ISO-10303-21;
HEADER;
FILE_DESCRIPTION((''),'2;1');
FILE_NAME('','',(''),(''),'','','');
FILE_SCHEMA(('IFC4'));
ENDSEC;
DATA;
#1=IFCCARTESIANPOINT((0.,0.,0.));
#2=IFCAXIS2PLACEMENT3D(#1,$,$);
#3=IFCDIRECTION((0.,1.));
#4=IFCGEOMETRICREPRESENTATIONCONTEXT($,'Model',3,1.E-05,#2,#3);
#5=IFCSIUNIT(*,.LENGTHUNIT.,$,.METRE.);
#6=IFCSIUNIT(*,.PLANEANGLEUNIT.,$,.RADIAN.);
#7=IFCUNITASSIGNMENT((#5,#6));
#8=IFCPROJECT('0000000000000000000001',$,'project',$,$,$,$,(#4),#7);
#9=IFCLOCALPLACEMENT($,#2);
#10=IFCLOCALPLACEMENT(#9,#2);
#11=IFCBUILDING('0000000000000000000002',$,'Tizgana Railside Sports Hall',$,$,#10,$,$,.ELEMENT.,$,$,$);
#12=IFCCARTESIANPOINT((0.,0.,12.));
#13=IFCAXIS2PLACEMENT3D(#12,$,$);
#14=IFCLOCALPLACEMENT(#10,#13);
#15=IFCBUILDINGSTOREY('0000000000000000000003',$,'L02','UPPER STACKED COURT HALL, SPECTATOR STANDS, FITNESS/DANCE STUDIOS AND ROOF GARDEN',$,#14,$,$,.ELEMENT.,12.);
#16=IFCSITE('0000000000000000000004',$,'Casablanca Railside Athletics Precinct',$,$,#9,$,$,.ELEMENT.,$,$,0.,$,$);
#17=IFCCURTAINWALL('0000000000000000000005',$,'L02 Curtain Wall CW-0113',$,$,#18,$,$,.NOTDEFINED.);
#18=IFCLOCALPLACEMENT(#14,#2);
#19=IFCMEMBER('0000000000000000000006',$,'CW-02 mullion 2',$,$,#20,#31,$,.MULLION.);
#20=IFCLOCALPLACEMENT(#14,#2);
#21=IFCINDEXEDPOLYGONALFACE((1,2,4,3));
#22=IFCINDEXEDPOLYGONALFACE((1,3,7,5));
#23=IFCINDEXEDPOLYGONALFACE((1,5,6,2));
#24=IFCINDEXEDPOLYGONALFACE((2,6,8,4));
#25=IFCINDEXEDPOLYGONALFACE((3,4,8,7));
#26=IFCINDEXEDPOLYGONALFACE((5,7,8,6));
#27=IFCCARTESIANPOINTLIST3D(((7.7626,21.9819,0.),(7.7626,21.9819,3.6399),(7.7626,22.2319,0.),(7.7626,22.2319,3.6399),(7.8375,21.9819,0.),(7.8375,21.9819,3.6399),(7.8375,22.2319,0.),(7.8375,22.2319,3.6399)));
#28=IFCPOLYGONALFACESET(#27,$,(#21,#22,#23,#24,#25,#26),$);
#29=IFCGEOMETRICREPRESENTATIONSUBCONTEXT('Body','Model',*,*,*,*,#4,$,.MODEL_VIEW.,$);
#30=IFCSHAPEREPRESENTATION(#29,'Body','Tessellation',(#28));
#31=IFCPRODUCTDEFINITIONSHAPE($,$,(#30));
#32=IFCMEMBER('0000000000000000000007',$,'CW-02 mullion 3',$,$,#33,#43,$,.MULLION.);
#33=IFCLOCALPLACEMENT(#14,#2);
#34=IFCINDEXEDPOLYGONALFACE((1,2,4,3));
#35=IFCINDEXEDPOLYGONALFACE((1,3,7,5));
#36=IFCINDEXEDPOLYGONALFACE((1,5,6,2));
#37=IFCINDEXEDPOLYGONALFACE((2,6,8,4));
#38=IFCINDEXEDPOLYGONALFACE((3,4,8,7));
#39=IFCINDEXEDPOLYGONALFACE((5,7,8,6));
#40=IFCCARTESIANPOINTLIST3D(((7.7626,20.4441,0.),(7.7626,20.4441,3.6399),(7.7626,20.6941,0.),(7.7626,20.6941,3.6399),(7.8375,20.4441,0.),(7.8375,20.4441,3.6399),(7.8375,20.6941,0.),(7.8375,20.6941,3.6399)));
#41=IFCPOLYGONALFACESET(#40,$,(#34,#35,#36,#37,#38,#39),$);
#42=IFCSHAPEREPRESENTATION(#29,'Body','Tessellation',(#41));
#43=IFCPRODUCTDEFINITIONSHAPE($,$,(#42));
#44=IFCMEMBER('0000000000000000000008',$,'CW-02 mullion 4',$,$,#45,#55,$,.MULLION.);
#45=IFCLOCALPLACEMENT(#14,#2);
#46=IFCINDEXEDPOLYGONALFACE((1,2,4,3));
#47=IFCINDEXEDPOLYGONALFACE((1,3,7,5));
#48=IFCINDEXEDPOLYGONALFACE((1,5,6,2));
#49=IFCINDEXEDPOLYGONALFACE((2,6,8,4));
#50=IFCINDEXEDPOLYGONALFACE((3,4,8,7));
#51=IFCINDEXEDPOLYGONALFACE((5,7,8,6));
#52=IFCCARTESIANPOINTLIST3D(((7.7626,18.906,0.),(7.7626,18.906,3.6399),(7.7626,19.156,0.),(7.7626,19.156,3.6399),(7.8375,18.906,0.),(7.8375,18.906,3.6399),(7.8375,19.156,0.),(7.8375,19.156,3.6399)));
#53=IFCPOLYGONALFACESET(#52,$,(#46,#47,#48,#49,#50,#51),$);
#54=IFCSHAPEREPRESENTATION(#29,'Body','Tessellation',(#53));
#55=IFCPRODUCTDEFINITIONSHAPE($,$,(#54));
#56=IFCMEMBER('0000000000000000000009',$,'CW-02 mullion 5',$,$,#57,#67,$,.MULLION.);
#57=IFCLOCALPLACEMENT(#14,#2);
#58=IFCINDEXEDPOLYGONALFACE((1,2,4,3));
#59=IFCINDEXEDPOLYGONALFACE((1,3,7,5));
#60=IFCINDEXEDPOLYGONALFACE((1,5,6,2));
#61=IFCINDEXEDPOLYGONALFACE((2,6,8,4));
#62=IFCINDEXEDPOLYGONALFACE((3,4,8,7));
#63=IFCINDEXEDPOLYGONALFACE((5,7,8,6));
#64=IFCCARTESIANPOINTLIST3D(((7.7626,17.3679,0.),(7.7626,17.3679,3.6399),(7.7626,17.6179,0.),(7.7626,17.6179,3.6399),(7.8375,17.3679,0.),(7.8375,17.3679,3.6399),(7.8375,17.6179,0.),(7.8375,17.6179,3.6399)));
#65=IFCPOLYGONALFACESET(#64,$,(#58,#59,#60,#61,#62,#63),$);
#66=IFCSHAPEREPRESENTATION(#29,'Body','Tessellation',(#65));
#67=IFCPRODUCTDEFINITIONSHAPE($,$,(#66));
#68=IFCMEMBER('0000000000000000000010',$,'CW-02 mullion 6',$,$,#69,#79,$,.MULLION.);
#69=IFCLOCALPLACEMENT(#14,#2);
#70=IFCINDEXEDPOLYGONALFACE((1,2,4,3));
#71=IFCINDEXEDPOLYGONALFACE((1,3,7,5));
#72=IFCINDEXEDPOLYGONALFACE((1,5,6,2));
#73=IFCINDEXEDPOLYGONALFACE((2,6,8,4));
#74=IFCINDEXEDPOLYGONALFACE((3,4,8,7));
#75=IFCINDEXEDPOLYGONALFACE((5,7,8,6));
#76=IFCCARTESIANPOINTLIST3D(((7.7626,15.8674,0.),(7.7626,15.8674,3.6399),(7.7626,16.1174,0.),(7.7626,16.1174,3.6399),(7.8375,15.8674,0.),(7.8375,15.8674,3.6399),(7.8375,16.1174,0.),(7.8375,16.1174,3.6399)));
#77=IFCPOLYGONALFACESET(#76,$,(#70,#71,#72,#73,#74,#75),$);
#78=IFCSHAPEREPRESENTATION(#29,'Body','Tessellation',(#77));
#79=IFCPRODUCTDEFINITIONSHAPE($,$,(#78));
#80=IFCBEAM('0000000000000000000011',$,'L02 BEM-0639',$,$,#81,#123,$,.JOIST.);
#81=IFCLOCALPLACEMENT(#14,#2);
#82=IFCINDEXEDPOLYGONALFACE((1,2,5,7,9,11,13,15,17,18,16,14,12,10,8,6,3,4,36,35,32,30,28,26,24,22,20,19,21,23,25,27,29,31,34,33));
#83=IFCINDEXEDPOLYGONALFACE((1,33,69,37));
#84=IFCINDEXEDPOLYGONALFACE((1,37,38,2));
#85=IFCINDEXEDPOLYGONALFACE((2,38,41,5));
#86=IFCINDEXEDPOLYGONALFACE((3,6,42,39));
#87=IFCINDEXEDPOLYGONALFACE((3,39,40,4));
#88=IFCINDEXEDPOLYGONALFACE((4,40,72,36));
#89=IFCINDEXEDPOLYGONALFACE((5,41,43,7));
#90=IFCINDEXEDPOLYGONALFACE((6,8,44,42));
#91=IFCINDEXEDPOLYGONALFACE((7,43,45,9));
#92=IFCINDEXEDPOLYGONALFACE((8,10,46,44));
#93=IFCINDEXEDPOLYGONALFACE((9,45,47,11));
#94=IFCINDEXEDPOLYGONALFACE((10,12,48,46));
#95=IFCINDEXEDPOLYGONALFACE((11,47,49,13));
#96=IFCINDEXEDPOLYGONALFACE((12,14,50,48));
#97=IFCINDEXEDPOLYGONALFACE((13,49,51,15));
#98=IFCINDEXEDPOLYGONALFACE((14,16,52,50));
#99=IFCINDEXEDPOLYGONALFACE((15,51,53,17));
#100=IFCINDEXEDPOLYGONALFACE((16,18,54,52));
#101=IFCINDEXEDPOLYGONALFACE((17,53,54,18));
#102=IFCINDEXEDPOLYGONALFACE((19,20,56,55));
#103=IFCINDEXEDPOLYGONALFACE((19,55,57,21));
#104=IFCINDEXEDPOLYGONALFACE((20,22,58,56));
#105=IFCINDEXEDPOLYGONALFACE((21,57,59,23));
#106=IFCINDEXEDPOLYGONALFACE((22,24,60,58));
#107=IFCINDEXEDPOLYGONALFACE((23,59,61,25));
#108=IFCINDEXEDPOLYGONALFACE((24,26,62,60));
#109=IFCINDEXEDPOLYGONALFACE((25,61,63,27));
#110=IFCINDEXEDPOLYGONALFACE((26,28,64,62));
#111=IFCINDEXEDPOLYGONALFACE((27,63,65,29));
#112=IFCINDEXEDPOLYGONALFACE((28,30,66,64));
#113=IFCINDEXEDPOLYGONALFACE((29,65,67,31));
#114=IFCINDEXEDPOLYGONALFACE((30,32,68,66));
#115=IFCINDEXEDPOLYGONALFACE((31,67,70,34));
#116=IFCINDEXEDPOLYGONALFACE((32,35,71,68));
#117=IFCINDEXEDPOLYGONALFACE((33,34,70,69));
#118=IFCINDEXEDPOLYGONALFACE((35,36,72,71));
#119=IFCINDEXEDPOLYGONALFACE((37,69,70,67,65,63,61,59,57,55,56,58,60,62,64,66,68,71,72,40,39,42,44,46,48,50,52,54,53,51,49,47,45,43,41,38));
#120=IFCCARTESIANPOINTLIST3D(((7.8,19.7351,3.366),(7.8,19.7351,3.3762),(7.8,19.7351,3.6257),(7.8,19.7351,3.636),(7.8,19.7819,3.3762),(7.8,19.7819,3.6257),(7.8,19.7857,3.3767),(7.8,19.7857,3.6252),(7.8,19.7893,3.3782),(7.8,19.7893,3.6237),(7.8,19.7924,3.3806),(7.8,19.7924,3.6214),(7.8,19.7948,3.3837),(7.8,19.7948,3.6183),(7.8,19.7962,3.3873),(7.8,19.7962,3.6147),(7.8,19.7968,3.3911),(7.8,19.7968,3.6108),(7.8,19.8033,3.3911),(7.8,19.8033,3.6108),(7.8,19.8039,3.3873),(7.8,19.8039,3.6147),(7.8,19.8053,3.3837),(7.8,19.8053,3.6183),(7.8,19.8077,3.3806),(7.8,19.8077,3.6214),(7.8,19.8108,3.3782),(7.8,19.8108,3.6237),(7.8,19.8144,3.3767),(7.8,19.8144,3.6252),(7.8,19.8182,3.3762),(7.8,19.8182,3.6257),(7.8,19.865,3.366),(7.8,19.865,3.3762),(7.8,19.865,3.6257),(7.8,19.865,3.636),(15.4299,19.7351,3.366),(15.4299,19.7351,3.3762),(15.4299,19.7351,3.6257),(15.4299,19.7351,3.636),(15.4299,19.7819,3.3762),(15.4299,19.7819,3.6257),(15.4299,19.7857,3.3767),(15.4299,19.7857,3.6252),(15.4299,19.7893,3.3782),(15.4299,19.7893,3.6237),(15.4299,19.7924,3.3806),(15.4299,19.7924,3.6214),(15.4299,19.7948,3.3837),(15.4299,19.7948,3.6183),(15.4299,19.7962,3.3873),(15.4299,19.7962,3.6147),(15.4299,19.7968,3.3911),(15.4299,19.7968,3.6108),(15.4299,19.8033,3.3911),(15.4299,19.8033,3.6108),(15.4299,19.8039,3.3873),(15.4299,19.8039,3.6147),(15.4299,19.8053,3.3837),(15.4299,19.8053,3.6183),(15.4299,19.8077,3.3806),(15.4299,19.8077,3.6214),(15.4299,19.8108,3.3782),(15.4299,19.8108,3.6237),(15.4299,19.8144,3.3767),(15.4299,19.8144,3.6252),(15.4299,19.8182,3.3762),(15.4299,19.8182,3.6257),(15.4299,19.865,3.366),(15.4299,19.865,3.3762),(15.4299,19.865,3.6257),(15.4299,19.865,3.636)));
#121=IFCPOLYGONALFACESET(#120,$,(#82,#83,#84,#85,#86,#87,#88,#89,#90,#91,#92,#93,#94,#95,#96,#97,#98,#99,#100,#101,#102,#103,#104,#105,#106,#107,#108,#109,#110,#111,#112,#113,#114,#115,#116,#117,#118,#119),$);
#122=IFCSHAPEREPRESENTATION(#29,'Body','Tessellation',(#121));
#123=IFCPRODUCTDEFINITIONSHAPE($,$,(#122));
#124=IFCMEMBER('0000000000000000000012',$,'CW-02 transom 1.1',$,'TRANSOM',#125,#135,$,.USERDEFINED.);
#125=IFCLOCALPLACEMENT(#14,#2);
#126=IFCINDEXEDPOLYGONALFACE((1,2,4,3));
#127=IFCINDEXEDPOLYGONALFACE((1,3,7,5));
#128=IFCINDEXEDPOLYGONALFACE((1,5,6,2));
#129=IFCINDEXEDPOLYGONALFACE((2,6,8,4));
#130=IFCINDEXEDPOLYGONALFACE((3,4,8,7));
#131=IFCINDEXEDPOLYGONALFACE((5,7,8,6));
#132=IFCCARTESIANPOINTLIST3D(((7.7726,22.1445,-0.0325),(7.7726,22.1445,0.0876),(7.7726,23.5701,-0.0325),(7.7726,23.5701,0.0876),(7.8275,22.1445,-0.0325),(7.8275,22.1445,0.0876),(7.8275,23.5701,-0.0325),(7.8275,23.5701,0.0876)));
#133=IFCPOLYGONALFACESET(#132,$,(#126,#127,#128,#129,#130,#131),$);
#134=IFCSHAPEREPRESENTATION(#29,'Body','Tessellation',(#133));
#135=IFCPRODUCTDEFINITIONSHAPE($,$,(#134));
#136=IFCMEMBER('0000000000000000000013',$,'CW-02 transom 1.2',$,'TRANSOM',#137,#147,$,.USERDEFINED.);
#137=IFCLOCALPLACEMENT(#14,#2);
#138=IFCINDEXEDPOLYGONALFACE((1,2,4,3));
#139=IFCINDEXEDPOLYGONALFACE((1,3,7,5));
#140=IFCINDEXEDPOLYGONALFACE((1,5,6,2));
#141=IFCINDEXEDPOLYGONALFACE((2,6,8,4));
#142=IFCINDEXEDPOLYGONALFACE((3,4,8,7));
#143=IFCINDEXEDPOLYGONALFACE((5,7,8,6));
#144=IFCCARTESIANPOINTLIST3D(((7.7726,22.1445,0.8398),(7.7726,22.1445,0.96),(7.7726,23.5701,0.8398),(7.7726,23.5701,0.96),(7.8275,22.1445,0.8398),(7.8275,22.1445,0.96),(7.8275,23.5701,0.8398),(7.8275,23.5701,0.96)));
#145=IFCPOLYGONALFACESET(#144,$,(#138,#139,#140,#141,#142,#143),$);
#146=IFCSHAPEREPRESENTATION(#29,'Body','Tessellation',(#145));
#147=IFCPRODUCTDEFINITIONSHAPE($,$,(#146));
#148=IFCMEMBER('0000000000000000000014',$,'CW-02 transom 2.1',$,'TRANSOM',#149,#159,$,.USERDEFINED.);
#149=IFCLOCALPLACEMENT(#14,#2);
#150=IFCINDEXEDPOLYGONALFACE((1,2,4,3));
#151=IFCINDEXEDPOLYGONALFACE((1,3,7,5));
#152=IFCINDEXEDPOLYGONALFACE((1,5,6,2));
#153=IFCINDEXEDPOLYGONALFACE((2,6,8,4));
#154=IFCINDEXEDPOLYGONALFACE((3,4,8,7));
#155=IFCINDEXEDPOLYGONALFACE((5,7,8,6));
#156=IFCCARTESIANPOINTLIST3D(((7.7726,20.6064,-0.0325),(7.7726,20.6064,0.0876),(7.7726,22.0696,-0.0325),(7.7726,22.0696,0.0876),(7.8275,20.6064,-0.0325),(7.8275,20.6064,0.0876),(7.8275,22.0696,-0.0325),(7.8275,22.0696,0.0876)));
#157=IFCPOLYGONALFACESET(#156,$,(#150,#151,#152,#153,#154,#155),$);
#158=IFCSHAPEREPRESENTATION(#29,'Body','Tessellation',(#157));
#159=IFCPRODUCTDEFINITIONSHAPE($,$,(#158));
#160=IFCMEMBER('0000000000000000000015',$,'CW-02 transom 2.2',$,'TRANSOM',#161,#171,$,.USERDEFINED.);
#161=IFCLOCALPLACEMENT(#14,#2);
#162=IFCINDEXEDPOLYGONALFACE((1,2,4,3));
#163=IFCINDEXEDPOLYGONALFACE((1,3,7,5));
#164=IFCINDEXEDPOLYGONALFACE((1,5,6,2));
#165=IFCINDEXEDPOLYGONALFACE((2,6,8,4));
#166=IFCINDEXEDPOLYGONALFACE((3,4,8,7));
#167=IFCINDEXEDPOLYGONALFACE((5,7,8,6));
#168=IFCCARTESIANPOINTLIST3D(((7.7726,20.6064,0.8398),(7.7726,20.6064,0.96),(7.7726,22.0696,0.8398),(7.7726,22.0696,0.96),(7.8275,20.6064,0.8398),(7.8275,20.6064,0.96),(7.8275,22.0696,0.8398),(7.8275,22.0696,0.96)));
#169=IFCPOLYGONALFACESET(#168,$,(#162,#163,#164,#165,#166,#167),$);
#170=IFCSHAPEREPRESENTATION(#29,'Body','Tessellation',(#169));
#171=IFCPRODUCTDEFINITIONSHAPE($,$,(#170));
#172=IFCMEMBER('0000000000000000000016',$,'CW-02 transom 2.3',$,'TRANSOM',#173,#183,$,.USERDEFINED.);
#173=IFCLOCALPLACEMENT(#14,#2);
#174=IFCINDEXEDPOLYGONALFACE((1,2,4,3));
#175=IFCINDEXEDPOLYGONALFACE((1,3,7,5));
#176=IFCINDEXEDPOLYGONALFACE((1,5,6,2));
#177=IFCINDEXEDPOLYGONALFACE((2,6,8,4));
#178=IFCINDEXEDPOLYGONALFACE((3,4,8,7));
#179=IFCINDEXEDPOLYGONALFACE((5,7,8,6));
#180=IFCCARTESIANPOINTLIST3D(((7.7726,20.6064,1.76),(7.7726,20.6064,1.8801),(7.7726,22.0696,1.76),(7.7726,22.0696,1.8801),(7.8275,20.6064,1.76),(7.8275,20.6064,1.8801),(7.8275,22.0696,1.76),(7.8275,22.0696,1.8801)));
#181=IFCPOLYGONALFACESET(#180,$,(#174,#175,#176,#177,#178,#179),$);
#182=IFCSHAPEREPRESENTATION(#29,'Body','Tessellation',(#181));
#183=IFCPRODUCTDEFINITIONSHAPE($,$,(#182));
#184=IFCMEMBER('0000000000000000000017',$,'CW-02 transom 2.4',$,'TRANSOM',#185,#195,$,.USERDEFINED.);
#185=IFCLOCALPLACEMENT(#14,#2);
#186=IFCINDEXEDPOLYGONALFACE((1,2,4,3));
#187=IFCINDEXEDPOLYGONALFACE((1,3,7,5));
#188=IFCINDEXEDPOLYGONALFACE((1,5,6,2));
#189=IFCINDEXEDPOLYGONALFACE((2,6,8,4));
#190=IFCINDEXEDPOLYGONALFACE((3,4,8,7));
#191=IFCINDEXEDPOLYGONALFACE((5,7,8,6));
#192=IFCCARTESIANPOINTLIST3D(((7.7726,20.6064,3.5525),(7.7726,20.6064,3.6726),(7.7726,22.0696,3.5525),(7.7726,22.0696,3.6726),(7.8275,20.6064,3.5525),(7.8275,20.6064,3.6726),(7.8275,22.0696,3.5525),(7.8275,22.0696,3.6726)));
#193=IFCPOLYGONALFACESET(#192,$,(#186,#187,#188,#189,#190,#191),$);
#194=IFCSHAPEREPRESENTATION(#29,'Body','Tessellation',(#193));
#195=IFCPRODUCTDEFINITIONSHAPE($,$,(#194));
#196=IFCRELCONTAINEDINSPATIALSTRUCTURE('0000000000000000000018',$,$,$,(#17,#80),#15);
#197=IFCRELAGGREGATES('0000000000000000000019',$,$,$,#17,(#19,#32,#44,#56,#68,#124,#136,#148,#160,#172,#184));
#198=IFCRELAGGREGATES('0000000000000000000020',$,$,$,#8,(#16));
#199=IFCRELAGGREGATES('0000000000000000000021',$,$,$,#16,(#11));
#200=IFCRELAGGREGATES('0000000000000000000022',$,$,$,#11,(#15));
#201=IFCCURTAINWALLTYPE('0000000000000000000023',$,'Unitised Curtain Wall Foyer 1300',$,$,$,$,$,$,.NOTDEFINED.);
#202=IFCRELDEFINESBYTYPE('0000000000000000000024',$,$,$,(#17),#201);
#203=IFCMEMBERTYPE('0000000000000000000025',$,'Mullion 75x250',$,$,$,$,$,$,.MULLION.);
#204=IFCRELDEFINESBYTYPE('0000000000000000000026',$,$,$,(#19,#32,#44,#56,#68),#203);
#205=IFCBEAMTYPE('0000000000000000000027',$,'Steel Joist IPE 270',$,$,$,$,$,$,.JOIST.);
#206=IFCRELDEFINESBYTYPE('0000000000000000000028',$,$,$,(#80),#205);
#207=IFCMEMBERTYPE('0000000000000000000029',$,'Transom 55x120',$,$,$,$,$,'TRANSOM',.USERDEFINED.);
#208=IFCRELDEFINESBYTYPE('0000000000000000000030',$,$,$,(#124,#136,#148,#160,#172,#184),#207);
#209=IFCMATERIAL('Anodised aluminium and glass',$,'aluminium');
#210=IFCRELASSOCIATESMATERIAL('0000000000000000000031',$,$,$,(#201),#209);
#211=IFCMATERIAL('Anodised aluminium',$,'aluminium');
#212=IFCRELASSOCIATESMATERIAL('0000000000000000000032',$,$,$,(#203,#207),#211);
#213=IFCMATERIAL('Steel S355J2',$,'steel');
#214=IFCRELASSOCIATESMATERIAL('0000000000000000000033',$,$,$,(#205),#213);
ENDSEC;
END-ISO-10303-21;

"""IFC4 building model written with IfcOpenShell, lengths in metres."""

from ifc_helpers import new_model, si_unit, direction, frame, origin, origin_2d, place, context, subcontext, project, spatial, rectangle, i_section, extrude, material, material_profile, profile_set, type_object, element, aggregate, save


model = new_model("IFC4")

# Units and contexts
model_context = context("Model", 3, precision=1e-05, world=origin(), true_north=direction((0.0, 1.0)))
body_context = subcontext(model_context, "Body", "Model", "MODEL_VIEW")
ifc_project = project(units=[si_unit("LENGTHUNIT", "METRE"), si_unit("PLANEANGLEUNIT", "RADIAN")], contexts=[model_context])

# Site, building, storey
site_placement = place(None, origin())
site = spatial("IfcSite", under=ifc_project, at=site_placement, Name="Casablanca Railside Athletics Precinct", CompositionType="ELEMENT", RefElevation=0.0)
building_placement = place(site_placement, origin())
building = spatial("IfcBuilding", under=site, at=building_placement, Name="Tizgana Railside Sports Hall", CompositionType="ELEMENT")
storey_placement = place(building_placement, frame((0.0, 0.0, 12.0)))
storey = spatial("IfcBuildingStorey", under=building, at=storey_placement, Name="L02", Description="UPPER STACKED COURT HALL, SPECTATOR STANDS, FITNESS/DANCE STUDIOS AND ROOF GARDEN", CompositionType="ELEMENT", Elevation=12.0)

# Curtain wall, members
ifc_material_1 = material(Name="Anodised aluminium and glass", Category="aluminium")
curtain_wall_type = type_object("IfcCurtainWallType", Name="Unitised Curtain Wall Foyer 1300", PredefinedType="NOTDEFINED", material=ifc_material_1)
curtain_wall_placement = place(storey_placement, origin())
curtain_wall = element("IfcCurtainWall", 1, at=curtain_wall_placement, inside=storey, type_object=curtain_wall_type, Name="L02 Curtain Wall CW-0113", PredefinedType="NOTDEFINED")
ifc_material_2 = material(Name="Anodised aluminium", Category="aluminium")
ifc_material_profile_1 = material_profile(ifc_material_2, rectangle(XDim=0.075, YDim=0.25, at=origin_2d()), Name="Mullion 75x250")
ifc_profile_set_1 = profile_set([ifc_material_profile_1], Name="Anodised aluminium")
member_type_1 = type_object("IfcMemberType", Name="Mullion 75x250", PredefinedType="MULLION", material=ifc_profile_set_1)
member_1_placement = place(storey_placement, frame((7.8, 22.1069, 0.0), z_axis=(0.0, 0.0, 1.0), x_axis=(1.0, 0.0, 0.0)))
member_1 = element("IfcMember", 2, at=member_1_placement, type_object=member_type_1, Name="CW-02 mullion 2", PredefinedType="MULLION", context=body_context, shape_type="SweptSolid", body=[
    extrude(rectangle(XDim=0.075, YDim=0.25, at=origin_2d()), origin(), (0.0, 0.0, 1.0), 3.6399),
])
member_2_placement = place(storey_placement, frame((7.8, 20.5691, 0.0), z_axis=(0.0, 0.0, 1.0), x_axis=(1.0, 0.0, 0.0)))
member_2 = element("IfcMember", 3, at=member_2_placement, type_object=member_type_1, Name="CW-02 mullion 3", PredefinedType="MULLION", context=body_context, shape_type="SweptSolid", body=[
    extrude(rectangle(XDim=0.075, YDim=0.25, at=origin_2d()), origin(), (0.0, 0.0, 1.0), 3.6399),
])
member_3_placement = place(storey_placement, frame((7.8, 19.031, 0.0), z_axis=(0.0, 0.0, 1.0), x_axis=(1.0, 0.0, 0.0)))
member_3 = element("IfcMember", 4, at=member_3_placement, type_object=member_type_1, Name="CW-02 mullion 4", PredefinedType="MULLION", context=body_context, shape_type="SweptSolid", body=[
    extrude(rectangle(XDim=0.075, YDim=0.25, at=origin_2d()), origin(), (0.0, 0.0, 1.0), 3.6399),
])
member_4_placement = place(storey_placement, frame((7.8, 17.4929, 0.0), z_axis=(0.0, 0.0, 1.0), x_axis=(1.0, 0.0, 0.0)))
member_4 = element("IfcMember", 5, at=member_4_placement, type_object=member_type_1, Name="CW-02 mullion 5", PredefinedType="MULLION", context=body_context, shape_type="SweptSolid", body=[
    extrude(rectangle(XDim=0.075, YDim=0.25, at=origin_2d()), origin(), (0.0, 0.0, 1.0), 3.6399),
])
member_5_placement = place(storey_placement, frame((7.8, 15.9924, 0.0), z_axis=(0.0, 0.0, 1.0), x_axis=(1.0, 0.0, 0.0)))
member_5 = element("IfcMember", 6, at=member_5_placement, type_object=member_type_1, Name="CW-02 mullion 6", PredefinedType="MULLION", context=body_context, shape_type="SweptSolid", body=[
    extrude(rectangle(XDim=0.075, YDim=0.25, at=origin_2d()), origin(), (0.0, 0.0, 1.0), 3.6399),
])

# Beam
ifc_material_3 = material(Name="Steel S355J2", Category="steel")
ifc_material_profile_2 = material_profile(ifc_material_3, i_section(OverallWidth=0.1299, OverallDepth=0.27, WebThickness=0.0066, FlangeThickness=0.0103, FilletRadius=0.0149, at=origin_2d()), Name="IPE 270")
ifc_profile_set_2 = profile_set([ifc_material_profile_2], Name="Steel S355J2")
beam_type = type_object("IfcBeamType", Name="Steel Joist IPE 270", PredefinedType="JOIST", material=ifc_profile_set_2)
beam_placement = place(storey_placement, frame((7.8, 19.8, 3.501), z_axis=(1.0, 0.0, 0.0), x_axis=(0.0, 1.0, 0.0)))
element("IfcBeam", 7, at=beam_placement, inside=storey, type_object=beam_type, Name="L02 BEM-0639", PredefinedType="JOIST", context=body_context, shape_type="SweptSolid", body=[
    extrude(i_section(OverallWidth=0.1299, OverallDepth=0.27, WebThickness=0.0066, FlangeThickness=0.0103, FilletRadius=0.0149, at=origin_2d()), origin(), (0.0, 0.0, 1.0), 7.6299),
])

# Members
ifc_material_profile_3 = material_profile(ifc_material_2, rectangle(XDim=0.0549, YDim=0.1201, at=origin_2d()), Name="Transom 55x120")
ifc_profile_set_3 = profile_set([ifc_material_profile_3], Name="Anodised aluminium")
member_type_2 = type_object("IfcMemberType", Name="Transom 55x120", ElementType="TRANSOM", PredefinedType="USERDEFINED", material=ifc_profile_set_3)
member_6_placement = place(storey_placement, frame((7.8, 23.5701, 0.0276), z_axis=(0.0, -1.0, 0.0), x_axis=(1.0, 0.0, 0.0)))
member_6 = element("IfcMember", 8, at=member_6_placement, type_object=member_type_2, Name="CW-02 transom 1.1", ObjectType="TRANSOM", PredefinedType="USERDEFINED", context=body_context, shape_type="SweptSolid", body=[
    extrude(rectangle(XDim=0.0549, YDim=0.1201, at=origin_2d()), origin(), (0.0, 0.0, 1.0), 1.4255),
])
member_7_placement = place(storey_placement, frame((7.8, 23.5701, 0.8999), z_axis=(0.0, -1.0, 0.0), x_axis=(1.0, 0.0, 0.0)))
member_7 = element("IfcMember", 9, at=member_7_placement, type_object=member_type_2, Name="CW-02 transom 1.2", ObjectType="TRANSOM", PredefinedType="USERDEFINED", context=body_context, shape_type="SweptSolid", body=[
    extrude(rectangle(XDim=0.0549, YDim=0.1201, at=origin_2d()), origin(), (0.0, 0.0, 1.0), 1.4255),
])
member_8_placement = place(storey_placement, frame((7.8, 22.0696, 0.0276), z_axis=(0.0, -1.0, 0.0), x_axis=(1.0, 0.0, 0.0)))
member_8 = element("IfcMember", 10, at=member_8_placement, type_object=member_type_2, Name="CW-02 transom 2.1", ObjectType="TRANSOM", PredefinedType="USERDEFINED", context=body_context, shape_type="SweptSolid", body=[
    extrude(rectangle(XDim=0.0549, YDim=0.1201, at=origin_2d()), origin(), (0.0, 0.0, 1.0), 1.4631),
])
member_9_placement = place(storey_placement, frame((7.8, 22.0696, 0.8999), z_axis=(0.0, -1.0, 0.0), x_axis=(1.0, 0.0, 0.0)))
member_9 = element("IfcMember", 11, at=member_9_placement, type_object=member_type_2, Name="CW-02 transom 2.2", ObjectType="TRANSOM", PredefinedType="USERDEFINED", context=body_context, shape_type="SweptSolid", body=[
    extrude(rectangle(XDim=0.0549, YDim=0.1201, at=origin_2d()), origin(), (0.0, 0.0, 1.0), 1.4631),
])
member_10_placement = place(storey_placement, frame((7.8, 22.0696, 1.8201), z_axis=(0.0, -1.0, 0.0), x_axis=(1.0, 0.0, 0.0)))
member_10 = element("IfcMember", 12, at=member_10_placement, type_object=member_type_2, Name="CW-02 transom 2.3", ObjectType="TRANSOM", PredefinedType="USERDEFINED", context=body_context, shape_type="SweptSolid", body=[
    extrude(rectangle(XDim=0.0549, YDim=0.1201, at=origin_2d()), origin(), (0.0, 0.0, 1.0), 1.4631),
])
member_11_placement = place(storey_placement, frame((7.8, 22.0696, 3.6125), z_axis=(0.0, -1.0, 0.0), x_axis=(1.0, 0.0, 0.0)))
member_11 = element("IfcMember", 13, at=member_11_placement, type_object=member_type_2, Name="CW-02 transom 2.4", ObjectType="TRANSOM", PredefinedType="USERDEFINED", context=body_context, shape_type="SweptSolid", body=[
    extrude(rectangle(XDim=0.0549, YDim=0.1201, at=origin_2d()), origin(), (0.0, 0.0, 1.0), 1.4631),
])

aggregate(curtain_wall, [member_1, member_2, member_3, member_4, member_5, member_6, member_7, member_8, member_9, member_10, member_11])

save(model, "model.ifc")
